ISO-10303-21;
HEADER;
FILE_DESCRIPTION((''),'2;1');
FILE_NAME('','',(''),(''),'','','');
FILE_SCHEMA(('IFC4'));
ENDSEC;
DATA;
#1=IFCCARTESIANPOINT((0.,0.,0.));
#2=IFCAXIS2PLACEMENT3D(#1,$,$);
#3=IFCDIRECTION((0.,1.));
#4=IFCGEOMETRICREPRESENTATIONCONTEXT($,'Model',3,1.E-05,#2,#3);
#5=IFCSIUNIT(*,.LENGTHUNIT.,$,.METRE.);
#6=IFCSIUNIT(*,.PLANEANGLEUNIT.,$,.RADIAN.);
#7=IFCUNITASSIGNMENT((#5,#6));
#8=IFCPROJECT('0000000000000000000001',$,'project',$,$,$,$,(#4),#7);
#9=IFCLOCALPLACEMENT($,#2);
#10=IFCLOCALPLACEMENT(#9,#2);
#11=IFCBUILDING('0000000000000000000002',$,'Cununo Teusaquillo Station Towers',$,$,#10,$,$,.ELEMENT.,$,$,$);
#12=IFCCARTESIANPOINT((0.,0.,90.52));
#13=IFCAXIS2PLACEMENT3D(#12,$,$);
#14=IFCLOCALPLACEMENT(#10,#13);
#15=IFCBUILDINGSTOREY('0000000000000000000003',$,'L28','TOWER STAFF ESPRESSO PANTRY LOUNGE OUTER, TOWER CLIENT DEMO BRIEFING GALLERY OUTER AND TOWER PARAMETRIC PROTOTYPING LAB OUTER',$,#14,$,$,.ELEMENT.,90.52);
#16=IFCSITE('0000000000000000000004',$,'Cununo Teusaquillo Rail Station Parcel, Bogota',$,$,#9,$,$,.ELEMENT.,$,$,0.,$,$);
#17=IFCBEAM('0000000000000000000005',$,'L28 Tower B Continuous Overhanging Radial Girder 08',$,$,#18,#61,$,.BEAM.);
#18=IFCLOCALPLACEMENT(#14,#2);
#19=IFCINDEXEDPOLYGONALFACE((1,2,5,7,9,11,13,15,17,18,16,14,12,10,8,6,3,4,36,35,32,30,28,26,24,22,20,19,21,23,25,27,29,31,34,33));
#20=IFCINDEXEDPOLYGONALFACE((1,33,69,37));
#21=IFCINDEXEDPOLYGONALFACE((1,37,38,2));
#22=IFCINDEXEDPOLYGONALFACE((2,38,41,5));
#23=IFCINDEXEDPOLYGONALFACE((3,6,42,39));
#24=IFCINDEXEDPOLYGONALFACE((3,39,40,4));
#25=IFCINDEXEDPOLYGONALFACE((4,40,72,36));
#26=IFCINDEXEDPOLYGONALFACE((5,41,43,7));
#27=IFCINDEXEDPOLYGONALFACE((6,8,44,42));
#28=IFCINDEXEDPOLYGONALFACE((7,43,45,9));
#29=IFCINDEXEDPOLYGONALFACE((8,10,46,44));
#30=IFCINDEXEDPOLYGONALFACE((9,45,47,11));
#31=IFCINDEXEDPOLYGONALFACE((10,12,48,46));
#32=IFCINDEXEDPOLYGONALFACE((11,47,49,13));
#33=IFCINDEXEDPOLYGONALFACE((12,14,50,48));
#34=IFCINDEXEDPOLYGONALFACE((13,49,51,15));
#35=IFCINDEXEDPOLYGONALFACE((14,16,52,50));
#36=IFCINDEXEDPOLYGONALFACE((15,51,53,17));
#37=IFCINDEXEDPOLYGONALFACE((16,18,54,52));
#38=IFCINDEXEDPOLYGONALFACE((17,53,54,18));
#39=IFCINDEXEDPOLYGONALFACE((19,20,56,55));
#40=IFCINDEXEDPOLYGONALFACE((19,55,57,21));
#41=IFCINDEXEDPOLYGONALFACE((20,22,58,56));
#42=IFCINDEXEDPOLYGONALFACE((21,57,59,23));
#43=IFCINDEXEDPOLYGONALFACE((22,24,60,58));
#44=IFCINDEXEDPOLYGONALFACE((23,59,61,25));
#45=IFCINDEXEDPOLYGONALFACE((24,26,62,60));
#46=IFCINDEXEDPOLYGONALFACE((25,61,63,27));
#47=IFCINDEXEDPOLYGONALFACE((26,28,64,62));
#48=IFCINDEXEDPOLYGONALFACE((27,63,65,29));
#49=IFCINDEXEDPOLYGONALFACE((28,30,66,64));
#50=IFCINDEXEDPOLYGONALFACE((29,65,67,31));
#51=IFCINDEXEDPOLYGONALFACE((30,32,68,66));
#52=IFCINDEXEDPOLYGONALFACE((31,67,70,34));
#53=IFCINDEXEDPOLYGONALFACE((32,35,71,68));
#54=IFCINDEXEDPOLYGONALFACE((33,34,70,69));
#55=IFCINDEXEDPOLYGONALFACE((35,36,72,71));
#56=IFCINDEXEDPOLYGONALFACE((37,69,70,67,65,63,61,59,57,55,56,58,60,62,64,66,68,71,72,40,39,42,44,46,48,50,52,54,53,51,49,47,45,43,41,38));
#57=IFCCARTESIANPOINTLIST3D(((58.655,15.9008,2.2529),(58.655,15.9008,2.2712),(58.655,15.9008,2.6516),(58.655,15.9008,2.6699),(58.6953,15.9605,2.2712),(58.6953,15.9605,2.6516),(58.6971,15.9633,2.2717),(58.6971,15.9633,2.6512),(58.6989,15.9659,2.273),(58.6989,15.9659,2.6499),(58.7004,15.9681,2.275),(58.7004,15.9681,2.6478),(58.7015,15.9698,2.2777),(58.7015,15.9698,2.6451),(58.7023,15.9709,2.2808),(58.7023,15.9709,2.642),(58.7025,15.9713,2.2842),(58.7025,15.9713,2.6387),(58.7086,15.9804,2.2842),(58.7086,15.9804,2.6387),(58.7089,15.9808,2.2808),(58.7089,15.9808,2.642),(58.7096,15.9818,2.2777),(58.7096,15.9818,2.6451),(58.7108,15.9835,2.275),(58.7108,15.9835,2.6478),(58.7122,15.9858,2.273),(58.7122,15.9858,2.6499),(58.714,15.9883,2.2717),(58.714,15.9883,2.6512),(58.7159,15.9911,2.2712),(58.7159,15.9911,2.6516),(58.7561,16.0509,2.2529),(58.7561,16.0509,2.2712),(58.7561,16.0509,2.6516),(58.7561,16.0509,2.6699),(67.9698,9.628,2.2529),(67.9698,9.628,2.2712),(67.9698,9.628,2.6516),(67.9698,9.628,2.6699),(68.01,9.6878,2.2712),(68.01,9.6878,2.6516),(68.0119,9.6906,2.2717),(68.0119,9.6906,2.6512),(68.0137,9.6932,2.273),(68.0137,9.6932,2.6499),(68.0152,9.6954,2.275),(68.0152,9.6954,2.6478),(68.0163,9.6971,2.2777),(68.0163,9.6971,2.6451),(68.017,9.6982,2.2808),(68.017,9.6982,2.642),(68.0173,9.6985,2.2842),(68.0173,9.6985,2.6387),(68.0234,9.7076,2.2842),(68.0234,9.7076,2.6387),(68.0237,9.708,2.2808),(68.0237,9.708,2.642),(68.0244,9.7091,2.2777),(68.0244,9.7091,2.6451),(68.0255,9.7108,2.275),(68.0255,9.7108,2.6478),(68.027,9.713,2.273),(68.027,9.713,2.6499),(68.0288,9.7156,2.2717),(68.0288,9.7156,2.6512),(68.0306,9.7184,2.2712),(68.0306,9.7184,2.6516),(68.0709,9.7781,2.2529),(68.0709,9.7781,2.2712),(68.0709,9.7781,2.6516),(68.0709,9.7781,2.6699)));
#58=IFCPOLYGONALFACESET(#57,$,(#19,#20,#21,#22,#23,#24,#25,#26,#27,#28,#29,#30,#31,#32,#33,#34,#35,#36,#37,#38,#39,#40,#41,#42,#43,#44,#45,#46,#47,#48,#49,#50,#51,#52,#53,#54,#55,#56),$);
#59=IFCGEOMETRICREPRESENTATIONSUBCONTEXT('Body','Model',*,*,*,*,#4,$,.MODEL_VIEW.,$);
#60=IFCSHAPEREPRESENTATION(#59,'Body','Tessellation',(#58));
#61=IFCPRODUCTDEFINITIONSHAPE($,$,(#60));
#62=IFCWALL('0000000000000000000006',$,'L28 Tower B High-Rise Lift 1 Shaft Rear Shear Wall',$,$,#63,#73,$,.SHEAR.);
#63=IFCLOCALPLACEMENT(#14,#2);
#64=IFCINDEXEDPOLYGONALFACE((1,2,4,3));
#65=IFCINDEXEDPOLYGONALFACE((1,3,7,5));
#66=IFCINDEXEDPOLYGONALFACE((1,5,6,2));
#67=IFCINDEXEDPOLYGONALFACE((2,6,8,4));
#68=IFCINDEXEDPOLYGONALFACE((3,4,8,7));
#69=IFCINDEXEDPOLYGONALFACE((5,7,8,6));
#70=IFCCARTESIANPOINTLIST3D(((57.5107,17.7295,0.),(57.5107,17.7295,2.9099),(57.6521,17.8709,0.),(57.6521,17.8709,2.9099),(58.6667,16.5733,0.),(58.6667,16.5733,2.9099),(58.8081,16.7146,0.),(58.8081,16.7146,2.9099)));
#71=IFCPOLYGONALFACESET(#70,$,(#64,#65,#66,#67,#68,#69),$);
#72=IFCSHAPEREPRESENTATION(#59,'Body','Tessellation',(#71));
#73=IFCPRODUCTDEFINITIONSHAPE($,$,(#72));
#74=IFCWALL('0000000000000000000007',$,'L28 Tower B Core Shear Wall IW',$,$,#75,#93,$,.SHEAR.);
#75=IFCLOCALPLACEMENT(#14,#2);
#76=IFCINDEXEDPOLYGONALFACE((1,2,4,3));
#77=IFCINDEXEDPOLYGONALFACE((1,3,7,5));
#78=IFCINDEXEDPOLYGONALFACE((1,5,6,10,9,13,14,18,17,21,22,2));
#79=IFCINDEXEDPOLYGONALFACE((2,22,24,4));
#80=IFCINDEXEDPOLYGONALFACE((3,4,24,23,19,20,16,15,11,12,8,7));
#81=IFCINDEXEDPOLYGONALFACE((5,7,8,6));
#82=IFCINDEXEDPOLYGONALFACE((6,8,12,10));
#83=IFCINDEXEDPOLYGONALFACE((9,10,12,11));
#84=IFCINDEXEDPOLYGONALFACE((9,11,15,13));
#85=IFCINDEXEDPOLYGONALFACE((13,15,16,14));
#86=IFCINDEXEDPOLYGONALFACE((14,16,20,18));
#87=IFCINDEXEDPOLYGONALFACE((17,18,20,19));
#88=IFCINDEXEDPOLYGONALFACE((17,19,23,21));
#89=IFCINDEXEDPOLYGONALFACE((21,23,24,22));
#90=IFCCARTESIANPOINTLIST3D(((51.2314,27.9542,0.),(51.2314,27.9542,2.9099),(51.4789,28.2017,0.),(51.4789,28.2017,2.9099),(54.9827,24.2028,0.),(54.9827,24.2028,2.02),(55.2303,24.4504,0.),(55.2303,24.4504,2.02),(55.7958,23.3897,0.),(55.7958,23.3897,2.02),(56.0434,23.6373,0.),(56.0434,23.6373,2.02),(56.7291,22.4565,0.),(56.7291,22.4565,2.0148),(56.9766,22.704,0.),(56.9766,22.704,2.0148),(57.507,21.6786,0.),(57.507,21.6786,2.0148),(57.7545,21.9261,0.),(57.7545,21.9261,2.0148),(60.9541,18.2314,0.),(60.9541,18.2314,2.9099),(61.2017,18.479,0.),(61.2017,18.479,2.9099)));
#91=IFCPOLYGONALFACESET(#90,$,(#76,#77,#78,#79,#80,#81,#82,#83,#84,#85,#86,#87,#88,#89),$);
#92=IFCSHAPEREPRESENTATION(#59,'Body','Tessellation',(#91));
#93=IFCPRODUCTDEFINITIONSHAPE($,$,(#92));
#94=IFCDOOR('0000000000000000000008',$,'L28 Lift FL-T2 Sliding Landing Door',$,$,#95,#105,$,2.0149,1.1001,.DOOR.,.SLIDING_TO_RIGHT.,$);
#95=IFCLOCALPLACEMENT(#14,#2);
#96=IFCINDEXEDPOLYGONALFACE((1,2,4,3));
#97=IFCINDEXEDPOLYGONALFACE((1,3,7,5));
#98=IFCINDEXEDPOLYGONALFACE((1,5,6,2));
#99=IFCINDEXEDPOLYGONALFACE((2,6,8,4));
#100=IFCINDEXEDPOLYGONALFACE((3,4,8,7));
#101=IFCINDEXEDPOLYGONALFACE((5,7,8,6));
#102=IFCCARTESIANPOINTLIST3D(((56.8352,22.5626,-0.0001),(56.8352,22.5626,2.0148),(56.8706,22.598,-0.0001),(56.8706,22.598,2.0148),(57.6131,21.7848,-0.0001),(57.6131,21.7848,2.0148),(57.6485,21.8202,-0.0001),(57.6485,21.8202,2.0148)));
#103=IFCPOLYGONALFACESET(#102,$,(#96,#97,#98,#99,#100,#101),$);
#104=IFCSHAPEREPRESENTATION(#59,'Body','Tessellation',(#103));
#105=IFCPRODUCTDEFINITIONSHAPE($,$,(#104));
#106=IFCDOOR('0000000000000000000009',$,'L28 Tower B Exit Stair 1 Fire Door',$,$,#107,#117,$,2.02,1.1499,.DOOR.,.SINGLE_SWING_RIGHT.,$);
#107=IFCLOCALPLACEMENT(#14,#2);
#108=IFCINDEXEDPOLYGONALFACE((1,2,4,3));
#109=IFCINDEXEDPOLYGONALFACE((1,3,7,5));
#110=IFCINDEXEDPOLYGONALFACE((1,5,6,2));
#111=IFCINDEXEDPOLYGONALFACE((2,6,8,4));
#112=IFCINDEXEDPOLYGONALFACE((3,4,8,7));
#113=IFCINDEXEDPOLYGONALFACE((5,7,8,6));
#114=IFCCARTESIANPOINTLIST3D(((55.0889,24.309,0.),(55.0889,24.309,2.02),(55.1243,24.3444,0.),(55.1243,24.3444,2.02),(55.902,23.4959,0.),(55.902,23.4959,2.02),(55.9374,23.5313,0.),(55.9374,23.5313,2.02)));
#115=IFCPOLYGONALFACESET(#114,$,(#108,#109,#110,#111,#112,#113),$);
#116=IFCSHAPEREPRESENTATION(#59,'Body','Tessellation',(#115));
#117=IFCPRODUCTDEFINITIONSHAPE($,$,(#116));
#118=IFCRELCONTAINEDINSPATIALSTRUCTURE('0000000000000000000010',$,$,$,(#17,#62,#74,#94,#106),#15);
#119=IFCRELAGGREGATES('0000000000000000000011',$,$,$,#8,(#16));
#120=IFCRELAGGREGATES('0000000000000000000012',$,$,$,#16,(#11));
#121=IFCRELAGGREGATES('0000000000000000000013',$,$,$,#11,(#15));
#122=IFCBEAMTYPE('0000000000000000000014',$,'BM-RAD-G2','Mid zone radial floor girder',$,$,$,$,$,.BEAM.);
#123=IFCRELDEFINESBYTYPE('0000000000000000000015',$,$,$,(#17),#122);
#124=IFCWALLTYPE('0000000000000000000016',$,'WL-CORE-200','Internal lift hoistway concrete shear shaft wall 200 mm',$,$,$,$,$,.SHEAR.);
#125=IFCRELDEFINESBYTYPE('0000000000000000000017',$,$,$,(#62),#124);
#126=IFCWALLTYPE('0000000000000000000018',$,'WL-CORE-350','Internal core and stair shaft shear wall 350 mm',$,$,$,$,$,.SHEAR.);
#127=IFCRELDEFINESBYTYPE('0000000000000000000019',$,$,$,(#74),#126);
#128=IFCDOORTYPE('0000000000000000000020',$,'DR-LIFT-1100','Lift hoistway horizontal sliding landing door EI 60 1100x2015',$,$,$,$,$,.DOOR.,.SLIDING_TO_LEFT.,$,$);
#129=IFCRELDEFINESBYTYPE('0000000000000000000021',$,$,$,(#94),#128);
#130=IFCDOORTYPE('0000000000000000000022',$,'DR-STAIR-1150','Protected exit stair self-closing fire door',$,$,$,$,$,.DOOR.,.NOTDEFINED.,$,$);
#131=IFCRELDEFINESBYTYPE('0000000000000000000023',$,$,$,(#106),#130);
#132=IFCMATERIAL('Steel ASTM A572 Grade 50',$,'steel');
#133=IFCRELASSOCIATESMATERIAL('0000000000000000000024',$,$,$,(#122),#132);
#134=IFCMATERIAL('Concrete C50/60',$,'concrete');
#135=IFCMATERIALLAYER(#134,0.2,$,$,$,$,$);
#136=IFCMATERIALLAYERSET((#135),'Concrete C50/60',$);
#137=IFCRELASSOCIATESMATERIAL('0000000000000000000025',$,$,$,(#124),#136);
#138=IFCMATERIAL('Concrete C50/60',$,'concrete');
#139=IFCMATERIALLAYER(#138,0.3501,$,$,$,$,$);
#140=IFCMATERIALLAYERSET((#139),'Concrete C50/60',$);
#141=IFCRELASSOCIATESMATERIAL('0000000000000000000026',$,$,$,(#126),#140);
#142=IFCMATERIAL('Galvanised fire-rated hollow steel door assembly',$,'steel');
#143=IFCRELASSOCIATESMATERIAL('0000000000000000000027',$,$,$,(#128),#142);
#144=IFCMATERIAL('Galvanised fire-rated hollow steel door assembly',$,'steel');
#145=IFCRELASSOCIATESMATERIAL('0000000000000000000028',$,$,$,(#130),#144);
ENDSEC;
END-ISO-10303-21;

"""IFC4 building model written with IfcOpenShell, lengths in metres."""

from ifc_helpers import new_model, si_unit, direction, frame, frame_2d, origin, origin_2d, place, context, subcontext, project, spatial, rectangle, i_section, extrude, source, transform, mapped, material, layer, layer_set, material_profile, profile_set, type_object, element, fill, save


model = new_model("IFC4")

# Units and contexts
model_context = context("Model", 3, precision=1e-05, world=origin(), true_north=direction((0.0, 1.0)))
body_context = subcontext(model_context, "Body", "Model", "MODEL_VIEW")
ifc_project = project(units=[si_unit("LENGTHUNIT", "METRE"), si_unit("PLANEANGLEUNIT", "RADIAN")], contexts=[model_context])

# Site, building, storey
site_placement = place(None, origin())
site = spatial("IfcSite", under=ifc_project, at=site_placement, Name="Cununo Teusaquillo Rail Station Parcel, Bogota", CompositionType="ELEMENT", RefElevation=0.0)
building_placement = place(site_placement, origin())
building = spatial("IfcBuilding", under=site, at=building_placement, Name="Cununo Teusaquillo Station Towers", CompositionType="ELEMENT")
storey_placement = place(building_placement, frame((0.0, 0.0, 90.52)))
storey = spatial("IfcBuildingStorey", under=building, at=storey_placement, Name="L28", Description="TOWER STAFF ESPRESSO PANTRY LOUNGE OUTER, TOWER CLIENT DEMO BRIEFING GALLERY OUTER AND TOWER PARAMETRIC PROTOTYPING LAB OUTER", CompositionType="ELEMENT", Elevation=90.52)

# Beam
ifc_material_1 = material(Name="Steel ASTM A572 Grade 50", Category="steel")
ifc_material_profile_1 = material_profile(ifc_material_1, i_section(OverallWidth=0.1809, OverallDepth=0.417, WebThickness=0.011, FlangeThickness=0.0183, FilletRadius=0.0129, at=origin_2d()), Name="W16X57")
ifc_profile_set_1 = profile_set([ifc_material_profile_1], Name="Steel ASTM A572 Grade 50")
beam_type_1 = type_object("IfcBeamType", Name="BM-RAD-G2", Description="Mid zone radial floor girder", PredefinedType="BEAM", material=ifc_profile_set_1)
beam_1_placement = place(storey_placement, frame((58.7056, 15.9758, 2.4614), z_axis=(0.829456, -0.558572, 0.0), x_axis=(0.558572, 0.829456, 0.0)))
element("IfcBeam", 1, at=beam_1_placement, inside=storey, type_object=beam_type_1, Name="L28 Tower B Continuous Overhanging Radial Girder 08", PredefinedType="BEAM", context=body_context, shape_type="SweptSolid", body=[
    extrude(i_section(OverallWidth=0.1809, OverallDepth=0.417, WebThickness=0.011, FlangeThickness=0.0183, FilletRadius=0.0129, at=origin_2d()), origin(), (0.0, 0.0, 1.0), 11.23),
])

# Wall
ifc_material_2 = material(Name="Concrete C50/60", Category="concrete")
ifc_layer_1 = layer(ifc_material_2, 0.2)
ifc_layer_set_1 = layer_set([ifc_layer_1], Name="Concrete C50/60")
wall_type_1 = type_object("IfcWallType", Name="WL-CORE-200", Description="Internal lift hoistway concrete shear shaft wall 200 mm", PredefinedType="SHEAR", material=ifc_layer_set_1)
wall_1_placement = place(storey_placement, frame((58.7373, 16.644, 0.0), z_axis=(0.0, 0.0, 1.0), x_axis=(-0.707032, 0.707181, 0.0)))
element("IfcWall", 2, at=wall_1_placement, inside=storey, type_object=wall_type_1, Name="L28 Tower B High-Rise Lift 1 Shaft Rear Shear Wall", PredefinedType="SHEAR", context=body_context, shape_type="SweptSolid", body=[
    extrude(rectangle(XDim=1.635, YDim=0.2, at=frame_2d((0.8174, 0.0))), origin(), (0.0, 0.0, 1.0), 2.9099),
])

# Wall, openings, doors
ifc_material_3 = material(Name="Concrete C50/60", Category="concrete")
ifc_layer_2 = layer(ifc_material_3, 0.3501)
ifc_layer_set_2 = layer_set([ifc_layer_2], Name="Concrete C50/60")
wall_type_2 = type_object("IfcWallType", Name="WL-CORE-350", Description="Internal core and stair shaft shear wall 350 mm", PredefinedType="SHEAR", material=ifc_layer_set_2)
wall_2_placement = place(storey_placement, frame((61.0779, 18.3552, 0.0), z_axis=(0.0, 0.0, 1.0), x_axis=(-0.707107, 0.707107, 0.0)))
wall_2 = element("IfcWall", 3, at=wall_2_placement, inside=storey, type_object=wall_type_2, Name="L28 Tower B Core Shear Wall IW", PredefinedType="SHEAR", context=body_context, shape_type="SweptSolid", body=[
    extrude(rectangle(XDim=13.75, YDim=0.3501, at=frame_2d((6.875, 0.0))), origin(), (0.0, 0.0, 1.0), 2.9099),
])
shared_shape_1 = source(origin(), body_context, "Body", "SweptSolid", [
    extrude(rectangle(XDim=1.1001, YDim=2.0149, at=frame_2d((0.55, 1.0073))), frame((0.0, 0.1851, 0.0), z_axis=(0.0, -1.0, 0.0), x_axis=(1.0, 0.0, 0.0)), (0.0, 0.0, 1.0), 0.3701),
])
opening_1_placement = place(wall_2_placement, frame((4.875, 0.0, 0.0)))
opening_1 = element("IfcOpeningElement", 4, at=opening_1_placement, cuts=wall_2, PredefinedType="OPENING", context=body_context, shape_type="MappedRepresentation", body=[
    mapped(shared_shape_1, transform((0.0, 0.0, 0.0), x_axis=(1.0, 0.0, 0.0), y_axis=(0.0, 1.0, 0.0), z_axis=(0.0, 0.0, 1.0), scale=1.0)),
])
shared_shape_2 = source(origin(), body_context, "Body", "SweptSolid", [
    extrude(rectangle(XDim=1.1499, YDim=2.02, at=frame_2d((0.575, 1.01))), frame((0.0, 0.1851, 0.0), z_axis=(0.0, -1.0, 0.0), x_axis=(1.0, 0.0, 0.0)), (0.0, 0.0, 1.0), 0.3701),
])
opening_2_placement = place(wall_2_placement, frame((7.2949, 0.0, 0.0)))
opening_2 = element("IfcOpeningElement", 5, at=opening_2_placement, cuts=wall_2, PredefinedType="OPENING", context=body_context, shape_type="MappedRepresentation", body=[
    mapped(shared_shape_2, transform((0.0, 0.0, 0.0), x_axis=(1.0, 0.0, 0.0), y_axis=(0.0, 1.0, 0.0), z_axis=(0.0, 0.0, 1.0), scale=1.0)),
])
ifc_material_4 = material(Name="Galvanised fire-rated hollow steel door assembly", Category="steel")
door_type_1 = type_object("IfcDoorType", Name="DR-LIFT-1100", Description="Lift hoistway horizontal sliding landing door EI 60 1100x2015", OperationType="SLIDING_TO_LEFT", PredefinedType="DOOR", material=ifc_material_4)
shared_shape_3 = source(origin(), body_context, "Body", "SweptSolid", [
    extrude(rectangle(XDim=1.1001, YDim=2.0149, at=frame_2d((0.55, 1.0073))), frame((0.0, 0.0249, 0.0), z_axis=(0.0, -1.0, 0.0), x_axis=(1.0, 0.0, 0.0)), (0.0, 0.0, 1.0), 0.05),
])
door_1_placement = place(opening_1_placement, origin())
door_1 = element("IfcDoor", 6, at=door_1_placement, inside=storey, type_object=door_type_1, Name="L28 Lift FL-T2 Sliding Landing Door", OperationType="SLIDING_TO_RIGHT", OverallHeight=2.0149, OverallWidth=1.1001, PredefinedType="DOOR", context=body_context, shape_type="MappedRepresentation", body=[
    mapped(shared_shape_3, transform((0.0, 0.0, 0.0), x_axis=(1.0, 0.0, 0.0), y_axis=(0.0, 1.0, 0.0), z_axis=(0.0, 0.0, 1.0), scale=1.0)),
])
fill(opening_1, door_1)
ifc_material_5 = material(Name="Galvanised fire-rated hollow steel door assembly", Category="steel")
door_type_2 = type_object("IfcDoorType", Name="DR-STAIR-1150", Description="Protected exit stair self-closing fire door", OperationType="NOTDEFINED", PredefinedType="DOOR", material=ifc_material_5)
shared_shape_4 = source(origin(), body_context, "Body", "SweptSolid", [
    extrude(rectangle(XDim=1.1499, YDim=2.02, at=frame_2d((0.575, 1.01))), frame((0.0, 0.0249, 0.0), z_axis=(0.0, -1.0, 0.0), x_axis=(1.0, 0.0, 0.0)), (0.0, 0.0, 1.0), 0.05),
])
door_2_placement = place(opening_2_placement, origin())
door_2 = element("IfcDoor", 7, at=door_2_placement, inside=storey, type_object=door_type_2, Name="L28 Tower B Exit Stair 1 Fire Door", OperationType="SINGLE_SWING_RIGHT", OverallHeight=2.02, OverallWidth=1.1499, PredefinedType="DOOR", context=body_context, shape_type="MappedRepresentation", body=[
    mapped(shared_shape_4, transform((0.0, 0.0, 0.0), x_axis=(1.0, 0.0, 0.0), y_axis=(0.0, 1.0, 0.0), z_axis=(0.0, 0.0, 1.0), scale=1.0)),
])
fill(opening_2, door_2)

save(model, "model.ifc")
